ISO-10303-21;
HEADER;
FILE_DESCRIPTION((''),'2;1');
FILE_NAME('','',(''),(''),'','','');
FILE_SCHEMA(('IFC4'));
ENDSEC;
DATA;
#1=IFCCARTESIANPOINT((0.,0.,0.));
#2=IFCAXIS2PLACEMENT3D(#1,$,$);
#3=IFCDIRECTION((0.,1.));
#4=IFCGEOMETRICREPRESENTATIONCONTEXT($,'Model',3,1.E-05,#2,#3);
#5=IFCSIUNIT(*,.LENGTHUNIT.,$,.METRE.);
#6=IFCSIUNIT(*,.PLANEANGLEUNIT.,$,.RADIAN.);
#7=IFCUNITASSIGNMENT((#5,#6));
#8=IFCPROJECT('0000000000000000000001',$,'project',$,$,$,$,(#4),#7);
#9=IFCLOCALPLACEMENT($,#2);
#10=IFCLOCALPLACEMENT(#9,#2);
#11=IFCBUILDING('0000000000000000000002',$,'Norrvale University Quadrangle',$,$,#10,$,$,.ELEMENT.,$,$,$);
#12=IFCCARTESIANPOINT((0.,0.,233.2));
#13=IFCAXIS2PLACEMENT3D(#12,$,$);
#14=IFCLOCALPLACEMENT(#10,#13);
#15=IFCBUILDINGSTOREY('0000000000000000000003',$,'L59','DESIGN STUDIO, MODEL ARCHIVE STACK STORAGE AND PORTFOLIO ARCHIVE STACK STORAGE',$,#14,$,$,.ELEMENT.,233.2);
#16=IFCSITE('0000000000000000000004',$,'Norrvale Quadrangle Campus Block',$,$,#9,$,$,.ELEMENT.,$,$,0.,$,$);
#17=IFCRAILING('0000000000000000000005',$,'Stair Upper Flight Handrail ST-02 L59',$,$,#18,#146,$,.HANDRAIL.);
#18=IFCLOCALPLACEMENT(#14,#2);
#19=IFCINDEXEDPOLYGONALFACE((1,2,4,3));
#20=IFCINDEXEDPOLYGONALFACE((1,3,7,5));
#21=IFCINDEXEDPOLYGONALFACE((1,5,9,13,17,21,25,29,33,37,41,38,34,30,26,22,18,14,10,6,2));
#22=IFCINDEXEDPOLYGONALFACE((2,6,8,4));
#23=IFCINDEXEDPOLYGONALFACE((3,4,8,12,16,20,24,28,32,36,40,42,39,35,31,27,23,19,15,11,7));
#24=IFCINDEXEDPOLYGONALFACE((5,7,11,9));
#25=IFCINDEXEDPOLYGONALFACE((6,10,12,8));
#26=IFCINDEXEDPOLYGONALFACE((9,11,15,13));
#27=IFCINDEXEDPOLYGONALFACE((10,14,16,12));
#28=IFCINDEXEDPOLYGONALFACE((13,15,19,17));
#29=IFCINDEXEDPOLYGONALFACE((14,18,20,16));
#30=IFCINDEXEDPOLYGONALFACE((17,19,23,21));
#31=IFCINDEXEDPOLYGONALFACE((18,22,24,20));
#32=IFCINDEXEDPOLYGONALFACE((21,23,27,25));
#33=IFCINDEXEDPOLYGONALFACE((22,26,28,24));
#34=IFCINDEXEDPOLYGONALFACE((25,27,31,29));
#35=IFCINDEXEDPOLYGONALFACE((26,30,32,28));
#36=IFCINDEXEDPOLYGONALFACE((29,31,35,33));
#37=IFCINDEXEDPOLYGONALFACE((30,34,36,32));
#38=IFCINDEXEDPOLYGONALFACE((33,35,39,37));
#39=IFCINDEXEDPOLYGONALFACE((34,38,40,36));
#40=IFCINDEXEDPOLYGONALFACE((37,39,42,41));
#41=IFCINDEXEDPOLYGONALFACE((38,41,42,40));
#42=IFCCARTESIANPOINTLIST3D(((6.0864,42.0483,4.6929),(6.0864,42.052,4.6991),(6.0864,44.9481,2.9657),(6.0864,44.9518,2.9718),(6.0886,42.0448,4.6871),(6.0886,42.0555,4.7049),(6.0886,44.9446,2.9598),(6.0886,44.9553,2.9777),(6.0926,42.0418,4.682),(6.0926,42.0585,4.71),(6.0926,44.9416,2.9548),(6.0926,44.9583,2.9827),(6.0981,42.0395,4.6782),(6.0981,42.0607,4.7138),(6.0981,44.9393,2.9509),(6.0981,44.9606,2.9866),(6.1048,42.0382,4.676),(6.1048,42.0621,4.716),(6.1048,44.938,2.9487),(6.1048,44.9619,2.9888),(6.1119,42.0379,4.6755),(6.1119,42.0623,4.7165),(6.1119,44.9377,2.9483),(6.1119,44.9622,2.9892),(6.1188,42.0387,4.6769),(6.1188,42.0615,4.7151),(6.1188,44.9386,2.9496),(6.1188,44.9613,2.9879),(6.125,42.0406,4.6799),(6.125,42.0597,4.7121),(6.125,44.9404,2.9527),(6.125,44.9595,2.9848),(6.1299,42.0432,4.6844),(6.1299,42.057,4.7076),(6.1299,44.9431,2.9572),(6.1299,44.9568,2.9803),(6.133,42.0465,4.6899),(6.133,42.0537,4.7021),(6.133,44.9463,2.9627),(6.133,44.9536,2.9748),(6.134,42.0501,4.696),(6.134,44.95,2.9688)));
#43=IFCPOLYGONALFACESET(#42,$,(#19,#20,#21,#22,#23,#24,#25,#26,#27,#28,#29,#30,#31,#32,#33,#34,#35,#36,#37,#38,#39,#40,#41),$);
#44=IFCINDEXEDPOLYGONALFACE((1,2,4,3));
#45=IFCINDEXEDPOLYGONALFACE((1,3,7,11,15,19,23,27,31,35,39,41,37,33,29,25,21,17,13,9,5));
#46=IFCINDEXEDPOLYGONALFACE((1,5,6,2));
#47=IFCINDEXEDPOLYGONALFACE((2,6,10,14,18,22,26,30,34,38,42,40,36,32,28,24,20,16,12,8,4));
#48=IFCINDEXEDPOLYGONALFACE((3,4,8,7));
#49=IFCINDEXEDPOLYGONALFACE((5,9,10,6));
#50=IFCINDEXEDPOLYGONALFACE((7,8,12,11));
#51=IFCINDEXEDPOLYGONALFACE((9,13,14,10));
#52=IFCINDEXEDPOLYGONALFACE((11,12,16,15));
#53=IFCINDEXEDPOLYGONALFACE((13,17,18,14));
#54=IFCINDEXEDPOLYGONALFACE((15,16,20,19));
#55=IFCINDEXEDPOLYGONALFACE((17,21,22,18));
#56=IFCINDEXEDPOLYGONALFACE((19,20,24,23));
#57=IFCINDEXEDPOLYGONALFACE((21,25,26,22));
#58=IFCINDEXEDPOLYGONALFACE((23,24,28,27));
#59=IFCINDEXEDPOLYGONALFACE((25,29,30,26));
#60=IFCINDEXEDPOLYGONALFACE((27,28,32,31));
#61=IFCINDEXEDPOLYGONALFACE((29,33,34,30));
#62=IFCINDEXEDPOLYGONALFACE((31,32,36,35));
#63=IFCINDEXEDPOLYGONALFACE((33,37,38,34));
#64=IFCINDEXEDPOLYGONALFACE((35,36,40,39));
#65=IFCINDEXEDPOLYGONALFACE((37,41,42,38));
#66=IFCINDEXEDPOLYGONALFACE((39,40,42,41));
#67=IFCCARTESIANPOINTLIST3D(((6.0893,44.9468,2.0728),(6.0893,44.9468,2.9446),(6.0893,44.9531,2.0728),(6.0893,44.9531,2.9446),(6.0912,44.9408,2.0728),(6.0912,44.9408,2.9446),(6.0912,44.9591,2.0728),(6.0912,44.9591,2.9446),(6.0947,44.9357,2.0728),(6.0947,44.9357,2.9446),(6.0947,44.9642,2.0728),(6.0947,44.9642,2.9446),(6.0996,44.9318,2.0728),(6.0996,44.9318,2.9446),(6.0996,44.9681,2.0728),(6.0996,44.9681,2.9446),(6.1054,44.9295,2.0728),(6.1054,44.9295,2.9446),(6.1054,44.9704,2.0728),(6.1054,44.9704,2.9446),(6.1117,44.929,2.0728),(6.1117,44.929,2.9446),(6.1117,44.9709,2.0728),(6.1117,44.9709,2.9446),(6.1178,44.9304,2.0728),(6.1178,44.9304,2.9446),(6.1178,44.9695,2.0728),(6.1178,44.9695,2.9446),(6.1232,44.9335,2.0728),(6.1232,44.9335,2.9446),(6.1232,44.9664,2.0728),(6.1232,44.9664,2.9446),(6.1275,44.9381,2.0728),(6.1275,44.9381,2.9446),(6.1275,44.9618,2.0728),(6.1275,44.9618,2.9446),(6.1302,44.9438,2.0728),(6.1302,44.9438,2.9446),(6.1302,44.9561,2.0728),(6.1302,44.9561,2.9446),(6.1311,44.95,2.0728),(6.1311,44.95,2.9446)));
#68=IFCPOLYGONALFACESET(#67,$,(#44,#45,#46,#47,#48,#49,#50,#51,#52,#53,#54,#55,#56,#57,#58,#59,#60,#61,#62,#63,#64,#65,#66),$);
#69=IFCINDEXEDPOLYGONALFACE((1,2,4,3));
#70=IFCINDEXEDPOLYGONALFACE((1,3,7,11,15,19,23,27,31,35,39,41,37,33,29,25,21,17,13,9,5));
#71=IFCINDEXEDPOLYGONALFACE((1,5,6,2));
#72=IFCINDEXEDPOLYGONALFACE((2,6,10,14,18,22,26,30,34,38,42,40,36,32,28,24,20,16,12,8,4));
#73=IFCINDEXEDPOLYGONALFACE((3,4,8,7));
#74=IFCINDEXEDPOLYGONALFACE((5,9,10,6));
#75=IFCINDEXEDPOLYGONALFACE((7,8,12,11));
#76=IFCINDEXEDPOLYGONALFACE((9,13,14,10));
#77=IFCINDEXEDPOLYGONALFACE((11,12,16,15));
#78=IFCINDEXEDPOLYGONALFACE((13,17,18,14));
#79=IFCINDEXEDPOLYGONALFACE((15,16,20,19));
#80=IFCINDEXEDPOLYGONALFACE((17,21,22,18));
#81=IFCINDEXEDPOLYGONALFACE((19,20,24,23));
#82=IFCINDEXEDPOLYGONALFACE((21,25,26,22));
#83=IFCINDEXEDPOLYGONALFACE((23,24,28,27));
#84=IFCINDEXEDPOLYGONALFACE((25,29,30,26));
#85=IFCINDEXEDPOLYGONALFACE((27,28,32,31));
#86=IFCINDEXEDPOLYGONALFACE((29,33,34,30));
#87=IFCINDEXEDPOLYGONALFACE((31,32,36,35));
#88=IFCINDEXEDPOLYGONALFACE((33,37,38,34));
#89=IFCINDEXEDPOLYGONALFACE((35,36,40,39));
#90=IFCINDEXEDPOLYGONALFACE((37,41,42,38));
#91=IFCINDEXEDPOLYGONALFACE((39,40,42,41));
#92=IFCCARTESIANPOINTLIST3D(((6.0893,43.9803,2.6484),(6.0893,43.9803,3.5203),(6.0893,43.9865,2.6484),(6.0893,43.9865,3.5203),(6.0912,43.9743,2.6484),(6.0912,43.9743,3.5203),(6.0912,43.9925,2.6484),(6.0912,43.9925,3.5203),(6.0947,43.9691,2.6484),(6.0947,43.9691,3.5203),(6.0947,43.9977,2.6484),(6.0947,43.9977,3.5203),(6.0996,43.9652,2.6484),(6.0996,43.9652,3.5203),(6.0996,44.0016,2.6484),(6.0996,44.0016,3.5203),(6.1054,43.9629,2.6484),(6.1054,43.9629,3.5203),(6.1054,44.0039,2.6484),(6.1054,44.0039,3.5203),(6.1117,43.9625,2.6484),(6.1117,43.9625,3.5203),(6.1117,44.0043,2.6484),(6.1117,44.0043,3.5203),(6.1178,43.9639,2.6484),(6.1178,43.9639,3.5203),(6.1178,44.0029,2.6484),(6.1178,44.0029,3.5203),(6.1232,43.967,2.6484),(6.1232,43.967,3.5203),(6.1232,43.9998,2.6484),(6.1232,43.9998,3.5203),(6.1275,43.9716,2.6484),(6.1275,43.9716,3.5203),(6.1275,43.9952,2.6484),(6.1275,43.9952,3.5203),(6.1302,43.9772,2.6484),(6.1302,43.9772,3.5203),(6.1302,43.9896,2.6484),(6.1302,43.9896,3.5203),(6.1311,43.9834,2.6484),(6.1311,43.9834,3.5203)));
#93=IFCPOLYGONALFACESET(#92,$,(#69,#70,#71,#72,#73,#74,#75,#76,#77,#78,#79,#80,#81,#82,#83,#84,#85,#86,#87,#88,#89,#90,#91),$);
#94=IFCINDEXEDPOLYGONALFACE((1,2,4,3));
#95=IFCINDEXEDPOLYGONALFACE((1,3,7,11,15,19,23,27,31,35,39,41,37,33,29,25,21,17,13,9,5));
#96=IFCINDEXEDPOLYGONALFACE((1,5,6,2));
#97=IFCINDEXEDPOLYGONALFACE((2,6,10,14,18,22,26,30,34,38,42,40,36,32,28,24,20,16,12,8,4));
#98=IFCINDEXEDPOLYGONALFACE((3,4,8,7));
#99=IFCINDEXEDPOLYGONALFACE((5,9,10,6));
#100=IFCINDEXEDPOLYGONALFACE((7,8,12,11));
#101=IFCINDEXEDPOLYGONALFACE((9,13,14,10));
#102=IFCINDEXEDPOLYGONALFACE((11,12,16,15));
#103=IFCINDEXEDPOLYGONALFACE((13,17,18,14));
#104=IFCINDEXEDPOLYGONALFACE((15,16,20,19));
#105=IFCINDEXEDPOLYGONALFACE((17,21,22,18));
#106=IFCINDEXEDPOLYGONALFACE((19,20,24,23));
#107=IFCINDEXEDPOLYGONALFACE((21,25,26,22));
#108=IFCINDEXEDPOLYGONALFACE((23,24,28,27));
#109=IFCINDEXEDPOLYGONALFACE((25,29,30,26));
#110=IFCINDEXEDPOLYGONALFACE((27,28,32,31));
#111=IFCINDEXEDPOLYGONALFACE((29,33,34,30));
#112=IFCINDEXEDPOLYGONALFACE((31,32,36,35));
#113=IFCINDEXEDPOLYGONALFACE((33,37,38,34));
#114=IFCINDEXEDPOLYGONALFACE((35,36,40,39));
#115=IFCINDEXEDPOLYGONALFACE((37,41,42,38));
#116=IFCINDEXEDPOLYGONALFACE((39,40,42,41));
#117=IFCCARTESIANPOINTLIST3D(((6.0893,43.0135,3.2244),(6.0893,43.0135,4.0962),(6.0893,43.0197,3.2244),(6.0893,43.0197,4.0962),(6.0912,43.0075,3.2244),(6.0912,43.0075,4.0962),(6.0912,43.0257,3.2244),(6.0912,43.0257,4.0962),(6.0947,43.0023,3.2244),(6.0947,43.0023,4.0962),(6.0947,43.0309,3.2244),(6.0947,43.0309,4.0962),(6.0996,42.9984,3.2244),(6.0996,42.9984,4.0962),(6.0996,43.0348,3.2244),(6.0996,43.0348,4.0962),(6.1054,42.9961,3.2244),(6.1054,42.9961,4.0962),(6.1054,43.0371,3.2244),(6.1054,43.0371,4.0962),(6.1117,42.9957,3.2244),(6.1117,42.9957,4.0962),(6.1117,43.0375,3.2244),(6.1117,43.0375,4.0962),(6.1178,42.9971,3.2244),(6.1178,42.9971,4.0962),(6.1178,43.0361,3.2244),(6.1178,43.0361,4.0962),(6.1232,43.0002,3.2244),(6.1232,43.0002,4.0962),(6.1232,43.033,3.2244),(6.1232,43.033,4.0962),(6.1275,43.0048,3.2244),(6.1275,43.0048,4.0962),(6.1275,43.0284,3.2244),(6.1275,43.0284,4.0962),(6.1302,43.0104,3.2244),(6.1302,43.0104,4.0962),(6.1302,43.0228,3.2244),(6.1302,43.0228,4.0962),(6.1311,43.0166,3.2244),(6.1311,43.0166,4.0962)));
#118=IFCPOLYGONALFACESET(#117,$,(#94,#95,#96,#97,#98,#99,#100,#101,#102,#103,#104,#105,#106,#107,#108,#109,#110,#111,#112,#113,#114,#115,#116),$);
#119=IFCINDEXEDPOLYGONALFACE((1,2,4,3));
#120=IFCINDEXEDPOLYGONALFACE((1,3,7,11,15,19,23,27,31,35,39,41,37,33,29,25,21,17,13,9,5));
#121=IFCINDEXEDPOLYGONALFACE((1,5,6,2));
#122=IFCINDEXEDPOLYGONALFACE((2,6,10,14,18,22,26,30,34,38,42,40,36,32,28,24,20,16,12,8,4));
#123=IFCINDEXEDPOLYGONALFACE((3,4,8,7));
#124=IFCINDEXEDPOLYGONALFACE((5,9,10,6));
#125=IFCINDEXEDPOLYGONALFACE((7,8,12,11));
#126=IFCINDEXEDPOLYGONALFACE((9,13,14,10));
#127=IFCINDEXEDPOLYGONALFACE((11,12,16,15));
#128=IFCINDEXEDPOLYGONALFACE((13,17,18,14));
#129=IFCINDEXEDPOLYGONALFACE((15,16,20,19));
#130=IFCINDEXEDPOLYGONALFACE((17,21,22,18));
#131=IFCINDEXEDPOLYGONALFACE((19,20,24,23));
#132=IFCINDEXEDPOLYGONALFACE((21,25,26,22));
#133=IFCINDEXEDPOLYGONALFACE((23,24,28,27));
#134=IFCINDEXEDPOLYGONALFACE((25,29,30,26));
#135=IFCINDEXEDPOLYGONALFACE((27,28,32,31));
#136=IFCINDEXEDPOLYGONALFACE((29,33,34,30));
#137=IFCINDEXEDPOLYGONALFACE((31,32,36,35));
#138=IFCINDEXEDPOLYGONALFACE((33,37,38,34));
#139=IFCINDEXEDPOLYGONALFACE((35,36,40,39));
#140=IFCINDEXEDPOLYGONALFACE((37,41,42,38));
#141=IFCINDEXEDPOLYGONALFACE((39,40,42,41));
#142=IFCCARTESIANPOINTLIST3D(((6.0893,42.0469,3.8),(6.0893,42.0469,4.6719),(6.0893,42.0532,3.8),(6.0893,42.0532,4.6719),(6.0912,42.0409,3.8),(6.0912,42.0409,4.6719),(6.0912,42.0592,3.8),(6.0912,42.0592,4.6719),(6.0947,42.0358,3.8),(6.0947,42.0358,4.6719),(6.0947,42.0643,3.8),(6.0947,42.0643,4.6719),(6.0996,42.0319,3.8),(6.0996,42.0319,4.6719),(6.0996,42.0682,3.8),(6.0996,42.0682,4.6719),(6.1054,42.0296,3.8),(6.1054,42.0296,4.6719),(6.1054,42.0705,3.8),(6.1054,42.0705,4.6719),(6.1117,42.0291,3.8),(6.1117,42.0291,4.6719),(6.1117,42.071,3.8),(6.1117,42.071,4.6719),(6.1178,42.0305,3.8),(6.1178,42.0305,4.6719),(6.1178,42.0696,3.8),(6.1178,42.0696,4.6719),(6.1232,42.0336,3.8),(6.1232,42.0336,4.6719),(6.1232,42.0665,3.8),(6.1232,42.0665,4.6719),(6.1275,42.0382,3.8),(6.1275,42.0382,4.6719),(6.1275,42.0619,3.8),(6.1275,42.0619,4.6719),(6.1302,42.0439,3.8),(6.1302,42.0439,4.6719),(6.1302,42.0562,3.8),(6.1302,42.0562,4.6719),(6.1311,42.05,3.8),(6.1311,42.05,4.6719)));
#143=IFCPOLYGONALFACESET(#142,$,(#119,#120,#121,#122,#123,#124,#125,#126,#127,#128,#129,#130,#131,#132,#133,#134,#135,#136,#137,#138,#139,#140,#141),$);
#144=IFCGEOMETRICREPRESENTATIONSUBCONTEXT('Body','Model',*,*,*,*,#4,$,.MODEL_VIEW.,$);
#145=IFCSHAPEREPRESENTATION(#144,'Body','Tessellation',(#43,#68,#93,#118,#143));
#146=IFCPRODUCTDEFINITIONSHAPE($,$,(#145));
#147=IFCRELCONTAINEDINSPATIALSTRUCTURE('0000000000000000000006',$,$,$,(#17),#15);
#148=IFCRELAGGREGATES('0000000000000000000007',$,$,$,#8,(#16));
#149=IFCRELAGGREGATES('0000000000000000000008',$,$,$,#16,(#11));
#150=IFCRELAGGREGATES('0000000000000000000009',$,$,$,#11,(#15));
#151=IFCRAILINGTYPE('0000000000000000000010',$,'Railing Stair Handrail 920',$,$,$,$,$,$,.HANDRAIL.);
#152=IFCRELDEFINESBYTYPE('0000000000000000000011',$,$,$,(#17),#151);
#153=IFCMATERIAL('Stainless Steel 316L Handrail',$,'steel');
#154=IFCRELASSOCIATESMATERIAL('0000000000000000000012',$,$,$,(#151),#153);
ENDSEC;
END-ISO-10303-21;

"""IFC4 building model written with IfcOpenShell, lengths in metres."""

from ifc_helpers import new_model, si_unit, direction, frame, origin, origin_2d, place, context, subcontext, project, spatial, circle, extrude, material, type_object, element, save


model = new_model("IFC4")

# Units and contexts
model_context = context("Model", 3, precision=1e-05, world=origin(), true_north=direction((0.0, 1.0)))
body_context = subcontext(model_context, "Body", "Model", "MODEL_VIEW")
ifc_project = project(units=[si_unit("LENGTHUNIT", "METRE"), si_unit("PLANEANGLEUNIT", "RADIAN")], contexts=[model_context])

# Site, building, storey
site_placement = place(None, origin())
site = spatial("IfcSite", under=ifc_project, at=site_placement, Name="Norrvale Quadrangle Campus Block", CompositionType="ELEMENT", RefElevation=0.0)
building_placement = place(site_placement, origin())
building = spatial("IfcBuilding", under=site, at=building_placement, Name="Norrvale University Quadrangle", CompositionType="ELEMENT")
storey_placement = place(building_placement, frame((0.0, 0.0, 233.2)))
storey = spatial("IfcBuildingStorey", under=building, at=storey_placement, Name="L59", Description="DESIGN STUDIO, MODEL ARCHIVE STACK STORAGE AND PORTFOLIO ARCHIVE STACK STORAGE", CompositionType="ELEMENT", Elevation=233.2)

# Railing
ifc_material_1 = material(Name="Stainless Steel 316L Handrail", Category="steel")
railing_type_1 = type_object("IfcRailingType", Name="Railing Stair Handrail 920", PredefinedType="HANDRAIL", material=ifc_material_1)
railing_1_placement = place(storey_placement, frame((6.1101, 44.95, 2.0728)))
element("IfcRailing", 1, at=railing_1_placement, inside=storey, type_object=railing_type_1, Name="Stair Upper Flight Handrail ST-02 L59", PredefinedType="HANDRAIL", context=body_context, shape_type="SweptSolid", body=[
    extrude(circle(Radius=0.0239, at=origin_2d()), frame((0.0, 0.0, 0.896), z_axis=(0.0, -0.859141, 0.511738), x_axis=(1.0, 0.0, 0.0)), (0.0, 0.0, 1.0), 3.3752),
    extrude(circle(Radius=0.021, at=origin_2d()), origin(), (0.0, 0.0, 1.0), 0.8718),
    extrude(circle(Radius=0.021, at=origin_2d()), frame((0.0, -0.9666, 0.5757)), (0.0, 0.0, 1.0), 0.8718),
    extrude(circle(Radius=0.021, at=origin_2d()), frame((0.0, -1.9333, 1.1516)), (0.0, 0.0, 1.0), 0.8718),
    extrude(circle(Radius=0.021, at=origin_2d()), frame((0.0, -2.8999, 1.7273)), (0.0, 0.0, 1.0), 0.8718),
])

save(model, "model.ifc")
